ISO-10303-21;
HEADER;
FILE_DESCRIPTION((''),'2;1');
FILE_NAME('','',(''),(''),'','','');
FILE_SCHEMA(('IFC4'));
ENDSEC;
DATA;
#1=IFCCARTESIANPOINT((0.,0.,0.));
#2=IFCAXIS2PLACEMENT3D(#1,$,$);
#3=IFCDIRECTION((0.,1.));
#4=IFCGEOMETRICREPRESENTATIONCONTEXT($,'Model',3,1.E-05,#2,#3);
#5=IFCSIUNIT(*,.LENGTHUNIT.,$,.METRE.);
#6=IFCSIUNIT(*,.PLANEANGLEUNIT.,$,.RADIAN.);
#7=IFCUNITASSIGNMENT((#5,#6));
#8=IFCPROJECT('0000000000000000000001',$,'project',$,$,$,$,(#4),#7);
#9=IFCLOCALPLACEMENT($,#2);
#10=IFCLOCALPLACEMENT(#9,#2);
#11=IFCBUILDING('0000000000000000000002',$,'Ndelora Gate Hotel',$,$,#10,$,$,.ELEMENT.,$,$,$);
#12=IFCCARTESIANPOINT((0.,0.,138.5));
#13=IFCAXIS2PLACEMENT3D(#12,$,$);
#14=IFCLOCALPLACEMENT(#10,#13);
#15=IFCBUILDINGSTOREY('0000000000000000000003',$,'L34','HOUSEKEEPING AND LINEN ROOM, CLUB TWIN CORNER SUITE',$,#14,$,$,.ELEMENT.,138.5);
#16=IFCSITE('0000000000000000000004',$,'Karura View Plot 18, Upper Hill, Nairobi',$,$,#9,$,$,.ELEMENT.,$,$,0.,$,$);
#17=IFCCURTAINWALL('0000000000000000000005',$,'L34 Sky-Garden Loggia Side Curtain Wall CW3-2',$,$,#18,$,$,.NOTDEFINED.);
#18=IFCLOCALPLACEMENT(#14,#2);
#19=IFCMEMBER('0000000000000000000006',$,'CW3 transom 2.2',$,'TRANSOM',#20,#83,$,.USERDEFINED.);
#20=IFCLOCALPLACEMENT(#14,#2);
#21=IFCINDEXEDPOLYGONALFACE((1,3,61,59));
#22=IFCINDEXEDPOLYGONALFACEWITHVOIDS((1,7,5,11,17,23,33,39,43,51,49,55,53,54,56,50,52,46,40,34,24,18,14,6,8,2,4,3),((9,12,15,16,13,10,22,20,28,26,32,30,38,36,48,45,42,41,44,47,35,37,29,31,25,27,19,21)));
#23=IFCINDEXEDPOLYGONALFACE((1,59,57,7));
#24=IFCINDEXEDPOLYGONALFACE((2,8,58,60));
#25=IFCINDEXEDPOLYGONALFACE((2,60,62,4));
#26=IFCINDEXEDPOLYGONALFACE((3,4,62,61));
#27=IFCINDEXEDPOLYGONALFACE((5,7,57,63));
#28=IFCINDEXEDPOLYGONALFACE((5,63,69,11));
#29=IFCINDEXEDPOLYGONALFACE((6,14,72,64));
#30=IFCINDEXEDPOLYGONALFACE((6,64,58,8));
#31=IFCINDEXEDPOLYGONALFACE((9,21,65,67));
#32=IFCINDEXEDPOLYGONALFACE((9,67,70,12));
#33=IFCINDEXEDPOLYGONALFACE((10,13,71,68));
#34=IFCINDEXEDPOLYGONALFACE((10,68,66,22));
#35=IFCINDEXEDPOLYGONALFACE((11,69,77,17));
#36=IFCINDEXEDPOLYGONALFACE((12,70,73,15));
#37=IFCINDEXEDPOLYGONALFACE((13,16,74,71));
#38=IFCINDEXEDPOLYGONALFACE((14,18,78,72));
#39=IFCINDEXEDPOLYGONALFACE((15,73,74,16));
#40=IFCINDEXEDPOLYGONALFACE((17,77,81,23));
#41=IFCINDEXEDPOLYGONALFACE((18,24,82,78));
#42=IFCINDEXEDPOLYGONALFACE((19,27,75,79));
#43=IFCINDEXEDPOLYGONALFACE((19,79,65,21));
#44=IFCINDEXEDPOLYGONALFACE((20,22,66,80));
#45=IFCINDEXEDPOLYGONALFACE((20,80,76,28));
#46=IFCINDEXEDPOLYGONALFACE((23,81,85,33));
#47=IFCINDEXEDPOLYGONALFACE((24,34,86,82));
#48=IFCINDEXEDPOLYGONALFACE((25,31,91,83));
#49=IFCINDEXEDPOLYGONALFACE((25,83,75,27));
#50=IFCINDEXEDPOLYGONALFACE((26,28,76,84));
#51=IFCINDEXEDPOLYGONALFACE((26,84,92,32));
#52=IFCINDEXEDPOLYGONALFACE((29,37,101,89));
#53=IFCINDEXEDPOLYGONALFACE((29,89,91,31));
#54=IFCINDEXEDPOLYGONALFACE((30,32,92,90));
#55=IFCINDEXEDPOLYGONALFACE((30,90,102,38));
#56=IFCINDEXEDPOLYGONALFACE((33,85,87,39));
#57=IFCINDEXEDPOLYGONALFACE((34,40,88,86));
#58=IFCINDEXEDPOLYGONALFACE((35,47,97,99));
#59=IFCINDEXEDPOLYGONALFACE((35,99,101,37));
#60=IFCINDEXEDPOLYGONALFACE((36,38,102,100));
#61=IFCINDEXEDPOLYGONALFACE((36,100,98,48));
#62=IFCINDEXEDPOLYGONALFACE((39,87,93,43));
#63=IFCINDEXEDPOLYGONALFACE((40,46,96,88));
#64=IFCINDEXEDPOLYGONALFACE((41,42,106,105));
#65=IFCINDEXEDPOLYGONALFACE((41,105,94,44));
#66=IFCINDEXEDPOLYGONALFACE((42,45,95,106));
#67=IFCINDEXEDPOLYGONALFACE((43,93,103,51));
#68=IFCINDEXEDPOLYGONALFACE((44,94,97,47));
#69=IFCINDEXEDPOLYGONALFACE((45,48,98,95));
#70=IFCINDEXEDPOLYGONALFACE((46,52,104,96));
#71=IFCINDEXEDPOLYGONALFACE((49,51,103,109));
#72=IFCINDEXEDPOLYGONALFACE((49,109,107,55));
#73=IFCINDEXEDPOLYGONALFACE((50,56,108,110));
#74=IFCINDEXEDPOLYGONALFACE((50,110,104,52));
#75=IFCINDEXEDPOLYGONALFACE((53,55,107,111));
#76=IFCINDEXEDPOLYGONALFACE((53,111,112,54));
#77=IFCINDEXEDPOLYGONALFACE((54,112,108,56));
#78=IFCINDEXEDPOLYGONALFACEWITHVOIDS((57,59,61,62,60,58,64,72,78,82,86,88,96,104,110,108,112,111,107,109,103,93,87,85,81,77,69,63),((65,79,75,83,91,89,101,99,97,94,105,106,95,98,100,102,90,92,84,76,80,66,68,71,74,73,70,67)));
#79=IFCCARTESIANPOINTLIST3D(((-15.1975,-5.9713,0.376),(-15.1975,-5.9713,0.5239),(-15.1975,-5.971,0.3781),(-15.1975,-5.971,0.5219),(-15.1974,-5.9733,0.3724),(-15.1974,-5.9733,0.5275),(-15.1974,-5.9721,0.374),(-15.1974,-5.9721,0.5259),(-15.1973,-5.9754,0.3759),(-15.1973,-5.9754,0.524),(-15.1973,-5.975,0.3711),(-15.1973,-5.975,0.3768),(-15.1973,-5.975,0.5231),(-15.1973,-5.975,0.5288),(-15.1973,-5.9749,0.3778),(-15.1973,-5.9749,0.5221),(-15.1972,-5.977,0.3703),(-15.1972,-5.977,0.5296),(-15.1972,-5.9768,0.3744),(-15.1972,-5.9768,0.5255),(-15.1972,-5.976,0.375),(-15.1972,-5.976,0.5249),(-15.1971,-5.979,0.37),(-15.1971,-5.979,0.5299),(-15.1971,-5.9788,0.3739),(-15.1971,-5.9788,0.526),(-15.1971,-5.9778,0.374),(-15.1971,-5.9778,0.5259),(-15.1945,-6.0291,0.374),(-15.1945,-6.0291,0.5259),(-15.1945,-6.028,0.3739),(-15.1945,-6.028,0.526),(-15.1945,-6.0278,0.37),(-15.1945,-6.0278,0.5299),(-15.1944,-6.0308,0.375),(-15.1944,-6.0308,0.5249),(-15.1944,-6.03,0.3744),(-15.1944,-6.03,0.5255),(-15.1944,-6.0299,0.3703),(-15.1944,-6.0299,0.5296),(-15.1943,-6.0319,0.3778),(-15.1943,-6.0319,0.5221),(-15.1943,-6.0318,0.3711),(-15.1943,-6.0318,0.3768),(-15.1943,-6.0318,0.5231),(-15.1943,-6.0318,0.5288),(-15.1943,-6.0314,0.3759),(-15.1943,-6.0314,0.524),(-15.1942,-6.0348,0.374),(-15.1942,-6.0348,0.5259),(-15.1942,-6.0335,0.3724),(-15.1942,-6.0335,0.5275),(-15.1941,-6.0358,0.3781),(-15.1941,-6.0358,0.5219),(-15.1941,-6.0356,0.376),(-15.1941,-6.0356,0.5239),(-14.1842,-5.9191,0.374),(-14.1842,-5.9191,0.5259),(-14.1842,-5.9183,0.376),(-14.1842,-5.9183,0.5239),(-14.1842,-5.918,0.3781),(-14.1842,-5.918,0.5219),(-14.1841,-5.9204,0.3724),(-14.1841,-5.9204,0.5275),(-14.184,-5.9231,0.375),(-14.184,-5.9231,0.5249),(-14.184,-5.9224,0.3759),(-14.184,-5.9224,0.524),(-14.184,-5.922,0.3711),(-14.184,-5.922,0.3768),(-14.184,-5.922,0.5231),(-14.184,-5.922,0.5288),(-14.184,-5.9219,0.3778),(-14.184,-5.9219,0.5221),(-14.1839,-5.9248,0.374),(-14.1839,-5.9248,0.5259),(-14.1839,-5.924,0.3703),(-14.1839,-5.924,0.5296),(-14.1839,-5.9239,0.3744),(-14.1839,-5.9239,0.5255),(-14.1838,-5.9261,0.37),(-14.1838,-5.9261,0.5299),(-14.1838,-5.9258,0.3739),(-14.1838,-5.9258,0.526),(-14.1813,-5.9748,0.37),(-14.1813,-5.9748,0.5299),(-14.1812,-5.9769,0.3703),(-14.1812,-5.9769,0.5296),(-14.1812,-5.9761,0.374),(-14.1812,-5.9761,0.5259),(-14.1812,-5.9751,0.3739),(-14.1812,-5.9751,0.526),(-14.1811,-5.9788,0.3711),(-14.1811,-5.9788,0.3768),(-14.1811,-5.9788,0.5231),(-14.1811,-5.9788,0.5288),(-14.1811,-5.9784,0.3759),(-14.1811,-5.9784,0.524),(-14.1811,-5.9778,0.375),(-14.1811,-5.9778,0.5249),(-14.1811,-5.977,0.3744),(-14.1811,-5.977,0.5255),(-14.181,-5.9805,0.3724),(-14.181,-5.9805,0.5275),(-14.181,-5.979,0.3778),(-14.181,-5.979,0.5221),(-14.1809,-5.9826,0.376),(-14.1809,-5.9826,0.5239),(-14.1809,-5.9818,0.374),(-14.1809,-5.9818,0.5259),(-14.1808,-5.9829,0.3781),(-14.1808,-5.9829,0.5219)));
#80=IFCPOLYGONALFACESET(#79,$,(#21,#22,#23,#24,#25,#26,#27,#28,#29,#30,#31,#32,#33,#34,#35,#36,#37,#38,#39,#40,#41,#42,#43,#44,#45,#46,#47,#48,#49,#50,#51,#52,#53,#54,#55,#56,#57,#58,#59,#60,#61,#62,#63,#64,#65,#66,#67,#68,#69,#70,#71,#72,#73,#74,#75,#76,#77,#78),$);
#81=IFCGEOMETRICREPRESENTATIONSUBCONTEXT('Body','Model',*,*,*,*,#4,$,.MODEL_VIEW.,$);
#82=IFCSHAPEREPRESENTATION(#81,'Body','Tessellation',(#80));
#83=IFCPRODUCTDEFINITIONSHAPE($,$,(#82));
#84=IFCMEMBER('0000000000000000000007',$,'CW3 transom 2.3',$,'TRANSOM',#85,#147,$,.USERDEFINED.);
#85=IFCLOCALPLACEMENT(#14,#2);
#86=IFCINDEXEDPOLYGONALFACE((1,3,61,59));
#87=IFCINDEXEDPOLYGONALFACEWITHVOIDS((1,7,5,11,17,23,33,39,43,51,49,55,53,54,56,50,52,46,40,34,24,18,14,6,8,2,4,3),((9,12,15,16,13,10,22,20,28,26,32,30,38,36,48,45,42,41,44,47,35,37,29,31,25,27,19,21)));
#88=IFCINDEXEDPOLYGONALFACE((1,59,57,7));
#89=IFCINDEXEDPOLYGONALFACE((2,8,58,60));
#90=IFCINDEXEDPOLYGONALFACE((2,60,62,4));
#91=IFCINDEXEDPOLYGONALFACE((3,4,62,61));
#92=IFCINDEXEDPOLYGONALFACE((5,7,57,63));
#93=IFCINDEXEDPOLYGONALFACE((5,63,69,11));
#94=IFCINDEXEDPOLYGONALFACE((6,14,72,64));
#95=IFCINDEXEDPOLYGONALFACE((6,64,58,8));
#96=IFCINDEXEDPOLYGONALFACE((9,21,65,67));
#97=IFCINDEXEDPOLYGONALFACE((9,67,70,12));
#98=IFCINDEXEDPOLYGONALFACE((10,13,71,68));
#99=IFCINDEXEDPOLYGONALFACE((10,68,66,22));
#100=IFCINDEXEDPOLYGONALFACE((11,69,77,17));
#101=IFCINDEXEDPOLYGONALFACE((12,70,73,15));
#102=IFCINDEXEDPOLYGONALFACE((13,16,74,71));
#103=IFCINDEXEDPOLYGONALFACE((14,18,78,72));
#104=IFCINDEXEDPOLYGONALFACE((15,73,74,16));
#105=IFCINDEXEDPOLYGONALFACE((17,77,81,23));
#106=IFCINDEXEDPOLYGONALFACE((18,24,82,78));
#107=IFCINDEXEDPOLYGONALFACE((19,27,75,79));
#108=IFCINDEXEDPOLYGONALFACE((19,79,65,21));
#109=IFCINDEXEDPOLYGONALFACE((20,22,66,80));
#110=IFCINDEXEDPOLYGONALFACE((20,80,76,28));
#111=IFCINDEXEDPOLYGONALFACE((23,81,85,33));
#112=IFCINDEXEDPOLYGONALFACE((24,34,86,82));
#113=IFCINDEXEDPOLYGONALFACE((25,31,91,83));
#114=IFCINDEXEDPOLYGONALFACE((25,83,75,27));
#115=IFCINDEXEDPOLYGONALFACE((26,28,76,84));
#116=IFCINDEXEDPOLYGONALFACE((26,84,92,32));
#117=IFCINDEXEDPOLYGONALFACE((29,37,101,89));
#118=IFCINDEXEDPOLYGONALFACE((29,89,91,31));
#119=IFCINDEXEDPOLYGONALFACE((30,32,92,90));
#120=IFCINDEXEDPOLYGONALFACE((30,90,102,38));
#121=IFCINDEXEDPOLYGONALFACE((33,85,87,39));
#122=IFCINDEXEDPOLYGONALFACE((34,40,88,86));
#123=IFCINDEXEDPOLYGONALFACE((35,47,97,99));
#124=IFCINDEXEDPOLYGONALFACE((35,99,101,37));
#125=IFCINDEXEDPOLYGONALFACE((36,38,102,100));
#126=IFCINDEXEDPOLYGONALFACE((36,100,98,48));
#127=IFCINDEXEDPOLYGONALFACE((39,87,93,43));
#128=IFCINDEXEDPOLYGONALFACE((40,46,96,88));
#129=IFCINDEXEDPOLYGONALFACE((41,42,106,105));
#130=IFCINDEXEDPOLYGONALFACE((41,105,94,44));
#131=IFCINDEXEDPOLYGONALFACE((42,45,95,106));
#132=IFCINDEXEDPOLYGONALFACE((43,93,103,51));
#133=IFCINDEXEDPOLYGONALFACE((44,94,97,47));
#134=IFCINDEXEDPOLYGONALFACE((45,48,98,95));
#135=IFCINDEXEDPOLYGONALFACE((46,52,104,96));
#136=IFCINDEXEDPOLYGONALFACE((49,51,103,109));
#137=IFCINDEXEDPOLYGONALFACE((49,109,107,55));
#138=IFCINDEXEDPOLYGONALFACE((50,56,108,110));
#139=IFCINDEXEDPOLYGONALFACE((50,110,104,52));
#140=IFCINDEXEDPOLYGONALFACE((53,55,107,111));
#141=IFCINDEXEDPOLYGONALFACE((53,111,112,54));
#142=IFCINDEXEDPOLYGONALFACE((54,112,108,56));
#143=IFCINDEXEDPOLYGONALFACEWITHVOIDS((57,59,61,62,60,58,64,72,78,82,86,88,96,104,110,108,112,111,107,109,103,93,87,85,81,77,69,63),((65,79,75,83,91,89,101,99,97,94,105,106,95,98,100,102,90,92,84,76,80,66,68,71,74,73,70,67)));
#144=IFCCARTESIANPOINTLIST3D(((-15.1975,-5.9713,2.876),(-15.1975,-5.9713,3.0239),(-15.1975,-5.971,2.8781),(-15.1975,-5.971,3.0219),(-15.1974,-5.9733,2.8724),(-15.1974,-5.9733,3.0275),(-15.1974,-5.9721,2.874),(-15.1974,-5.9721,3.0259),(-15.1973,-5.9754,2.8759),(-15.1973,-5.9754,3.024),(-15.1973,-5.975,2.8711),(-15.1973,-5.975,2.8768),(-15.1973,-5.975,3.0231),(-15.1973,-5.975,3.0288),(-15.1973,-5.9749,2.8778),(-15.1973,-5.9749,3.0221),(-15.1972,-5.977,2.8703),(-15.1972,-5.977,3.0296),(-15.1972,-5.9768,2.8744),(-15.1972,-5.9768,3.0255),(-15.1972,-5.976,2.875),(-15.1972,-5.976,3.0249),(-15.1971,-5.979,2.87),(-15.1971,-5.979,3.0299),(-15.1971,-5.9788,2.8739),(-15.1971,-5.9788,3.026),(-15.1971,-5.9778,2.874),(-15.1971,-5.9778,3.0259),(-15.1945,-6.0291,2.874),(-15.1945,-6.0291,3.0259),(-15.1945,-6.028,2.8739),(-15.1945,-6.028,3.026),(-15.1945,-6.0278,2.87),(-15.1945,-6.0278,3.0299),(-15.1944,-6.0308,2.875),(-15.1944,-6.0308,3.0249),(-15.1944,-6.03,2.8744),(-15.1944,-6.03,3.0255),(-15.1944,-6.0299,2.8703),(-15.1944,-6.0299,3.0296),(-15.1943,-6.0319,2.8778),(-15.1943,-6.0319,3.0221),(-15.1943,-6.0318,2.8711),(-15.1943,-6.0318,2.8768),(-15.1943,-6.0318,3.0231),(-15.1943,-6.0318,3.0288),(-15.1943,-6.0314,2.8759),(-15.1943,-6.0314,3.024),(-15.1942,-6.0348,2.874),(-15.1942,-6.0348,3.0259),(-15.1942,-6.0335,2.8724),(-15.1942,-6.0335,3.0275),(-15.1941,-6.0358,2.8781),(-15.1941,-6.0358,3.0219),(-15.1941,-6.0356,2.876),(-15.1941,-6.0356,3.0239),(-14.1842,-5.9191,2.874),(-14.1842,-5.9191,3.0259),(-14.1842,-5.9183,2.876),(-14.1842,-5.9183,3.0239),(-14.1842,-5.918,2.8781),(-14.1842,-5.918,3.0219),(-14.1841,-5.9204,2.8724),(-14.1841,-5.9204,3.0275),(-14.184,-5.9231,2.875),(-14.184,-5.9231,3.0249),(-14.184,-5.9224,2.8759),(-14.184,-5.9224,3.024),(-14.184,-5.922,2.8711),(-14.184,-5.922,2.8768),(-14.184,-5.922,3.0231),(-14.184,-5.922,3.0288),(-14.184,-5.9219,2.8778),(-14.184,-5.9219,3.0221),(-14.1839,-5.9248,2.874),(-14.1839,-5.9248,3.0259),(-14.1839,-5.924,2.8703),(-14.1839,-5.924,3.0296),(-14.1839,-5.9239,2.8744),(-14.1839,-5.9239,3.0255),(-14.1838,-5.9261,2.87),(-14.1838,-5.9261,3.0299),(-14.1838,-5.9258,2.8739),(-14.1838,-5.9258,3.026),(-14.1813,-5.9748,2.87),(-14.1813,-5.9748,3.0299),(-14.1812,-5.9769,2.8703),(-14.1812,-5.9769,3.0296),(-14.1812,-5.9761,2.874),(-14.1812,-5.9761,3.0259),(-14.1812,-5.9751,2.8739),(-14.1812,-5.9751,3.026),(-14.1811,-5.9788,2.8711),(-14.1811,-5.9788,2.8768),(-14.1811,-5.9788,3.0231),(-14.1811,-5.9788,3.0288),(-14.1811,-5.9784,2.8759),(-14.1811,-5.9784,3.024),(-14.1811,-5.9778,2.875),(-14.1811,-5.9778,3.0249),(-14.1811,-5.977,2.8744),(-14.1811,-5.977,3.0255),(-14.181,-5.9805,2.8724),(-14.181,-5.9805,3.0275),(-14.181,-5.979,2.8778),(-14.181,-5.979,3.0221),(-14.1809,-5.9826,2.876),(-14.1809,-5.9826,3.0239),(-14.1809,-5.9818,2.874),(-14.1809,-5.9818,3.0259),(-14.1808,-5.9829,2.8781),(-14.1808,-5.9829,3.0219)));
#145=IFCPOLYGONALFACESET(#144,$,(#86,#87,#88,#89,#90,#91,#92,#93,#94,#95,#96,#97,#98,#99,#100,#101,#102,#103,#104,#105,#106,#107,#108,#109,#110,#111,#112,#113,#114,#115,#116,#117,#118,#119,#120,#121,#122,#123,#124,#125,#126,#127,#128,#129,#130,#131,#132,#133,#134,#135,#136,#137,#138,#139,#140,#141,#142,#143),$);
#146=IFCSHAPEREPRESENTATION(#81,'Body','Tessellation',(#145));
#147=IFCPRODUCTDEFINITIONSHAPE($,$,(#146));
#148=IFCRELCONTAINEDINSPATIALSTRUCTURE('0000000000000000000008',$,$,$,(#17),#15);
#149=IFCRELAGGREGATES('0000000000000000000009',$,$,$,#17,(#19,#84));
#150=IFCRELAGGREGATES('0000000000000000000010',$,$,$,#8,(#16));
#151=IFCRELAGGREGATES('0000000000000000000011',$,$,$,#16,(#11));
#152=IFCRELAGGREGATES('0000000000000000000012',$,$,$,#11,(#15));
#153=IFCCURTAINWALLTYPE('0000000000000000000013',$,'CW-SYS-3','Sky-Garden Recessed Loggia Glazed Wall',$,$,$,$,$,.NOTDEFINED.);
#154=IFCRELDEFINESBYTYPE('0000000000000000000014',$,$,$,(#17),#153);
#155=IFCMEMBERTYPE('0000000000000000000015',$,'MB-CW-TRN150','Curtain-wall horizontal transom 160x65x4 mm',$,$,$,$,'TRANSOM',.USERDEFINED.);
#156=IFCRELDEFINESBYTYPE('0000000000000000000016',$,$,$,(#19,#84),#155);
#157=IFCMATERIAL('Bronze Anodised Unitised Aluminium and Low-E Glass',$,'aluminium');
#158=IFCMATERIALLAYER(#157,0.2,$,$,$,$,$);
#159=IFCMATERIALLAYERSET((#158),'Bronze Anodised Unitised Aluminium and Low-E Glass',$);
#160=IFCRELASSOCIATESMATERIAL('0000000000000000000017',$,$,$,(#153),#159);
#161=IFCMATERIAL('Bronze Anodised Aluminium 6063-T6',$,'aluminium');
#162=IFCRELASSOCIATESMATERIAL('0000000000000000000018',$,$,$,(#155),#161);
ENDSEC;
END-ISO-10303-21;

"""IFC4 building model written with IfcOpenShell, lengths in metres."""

from ifc_helpers import new_model, si_unit, direction, frame, origin, origin_2d, place, context, subcontext, project, spatial, hollow_rectangle, extrude, material, layer, layer_set, material_profile, profile_set, type_object, element, aggregate, save


model = new_model("IFC4")

# Units and contexts
model_context = context("Model", 3, precision=1e-05, world=origin(), true_north=direction((0.0, 1.0)))
body_context = subcontext(model_context, "Body", "Model", "MODEL_VIEW")
ifc_project = project(units=[si_unit("LENGTHUNIT", "METRE"), si_unit("PLANEANGLEUNIT", "RADIAN")], contexts=[model_context])

# Site, building, storey
site_placement = place(None, origin())
site = spatial("IfcSite", under=ifc_project, at=site_placement, Name="Karura View Plot 18, Upper Hill, Nairobi", CompositionType="ELEMENT", RefElevation=0.0)
building_placement = place(site_placement, origin())
building = spatial("IfcBuilding", under=site, at=building_placement, Name="Ndelora Gate Hotel", CompositionType="ELEMENT")
storey_placement = place(building_placement, frame((0.0, 0.0, 138.5)))
storey = spatial("IfcBuildingStorey", under=building, at=storey_placement, Name="L34", Description="HOUSEKEEPING AND LINEN ROOM, CLUB TWIN CORNER SUITE", CompositionType="ELEMENT", Elevation=138.5)

# Curtain wall, members
ifc_material_1 = material(Name="Bronze Anodised Unitised Aluminium and Low-E Glass", Category="aluminium")
ifc_layer_1 = layer(ifc_material_1, 0.2)
ifc_layer_set_1 = layer_set([ifc_layer_1], Name="Bronze Anodised Unitised Aluminium and Low-E Glass")
curtain_wall_type = type_object("IfcCurtainWallType", Name="CW-SYS-3", Description="Sky-Garden Recessed Loggia Glazed Wall", PredefinedType="NOTDEFINED", material=ifc_layer_set_1)
curtain_wall_placement = place(storey_placement, origin())
curtain_wall = element("IfcCurtainWall", 1, at=curtain_wall_placement, inside=storey, type_object=curtain_wall_type, Name="L34 Sky-Garden Loggia Side Curtain Wall CW3-2", PredefinedType="NOTDEFINED")
ifc_material_2 = material(Name="Bronze Anodised Aluminium 6063-T6", Category="aluminium")
ifc_material_profile_1 = material_profile(ifc_material_2, hollow_rectangle(XDim=0.0649, YDim=0.1599, WallThickness=0.0039, InnerFilletRadius=0.0039, OuterFilletRadius=0.0081, at=origin_2d()), Name="ALU 160x65x4")
ifc_profile_set_1 = profile_set([ifc_material_profile_1], Name="Bronze Anodised Aluminium 6063-T6")
member_type_1 = type_object("IfcMemberType", Name="MB-CW-TRN150", Description="Curtain-wall horizontal transom 160x65x4 mm", ElementType="TRANSOM", PredefinedType="USERDEFINED", material=ifc_profile_set_1)
member_1_placement = place(storey_placement, frame((-15.1958, -6.0034, 0.45), z_axis=(0.998636, 0.052218, 0.0), x_axis=(-0.052218, 0.998636, 0.0)))
member_1 = element("IfcMember", 2, at=member_1_placement, type_object=member_type_1, Name="CW3 transom 2.2", ObjectType="TRANSOM", PredefinedType="USERDEFINED", context=body_context, shape_type="SweptSolid", body=[
    extrude(hollow_rectangle(XDim=0.0649, YDim=0.1599, WallThickness=0.0039, InnerFilletRadius=0.0039, OuterFilletRadius=0.0081, at=origin_2d()), origin(), (0.0, 0.0, 1.0), 1.0146),
])
member_2_placement = place(storey_placement, frame((-15.1958, -6.0034, 2.95), z_axis=(0.998636, 0.052218, 0.0), x_axis=(-0.052218, 0.998636, 0.0)))
member_2 = element("IfcMember", 3, at=member_2_placement, type_object=member_type_1, Name="CW3 transom 2.3", ObjectType="TRANSOM", PredefinedType="USERDEFINED", context=body_context, shape_type="SweptSolid", body=[
    extrude(hollow_rectangle(XDim=0.0649, YDim=0.1599, WallThickness=0.0039, InnerFilletRadius=0.0039, OuterFilletRadius=0.0081, at=origin_2d()), origin(), (0.0, 0.0, 1.0), 1.0146),
])
aggregate(curtain_wall, [member_1, member_2])

save(model, "model.ifc")
